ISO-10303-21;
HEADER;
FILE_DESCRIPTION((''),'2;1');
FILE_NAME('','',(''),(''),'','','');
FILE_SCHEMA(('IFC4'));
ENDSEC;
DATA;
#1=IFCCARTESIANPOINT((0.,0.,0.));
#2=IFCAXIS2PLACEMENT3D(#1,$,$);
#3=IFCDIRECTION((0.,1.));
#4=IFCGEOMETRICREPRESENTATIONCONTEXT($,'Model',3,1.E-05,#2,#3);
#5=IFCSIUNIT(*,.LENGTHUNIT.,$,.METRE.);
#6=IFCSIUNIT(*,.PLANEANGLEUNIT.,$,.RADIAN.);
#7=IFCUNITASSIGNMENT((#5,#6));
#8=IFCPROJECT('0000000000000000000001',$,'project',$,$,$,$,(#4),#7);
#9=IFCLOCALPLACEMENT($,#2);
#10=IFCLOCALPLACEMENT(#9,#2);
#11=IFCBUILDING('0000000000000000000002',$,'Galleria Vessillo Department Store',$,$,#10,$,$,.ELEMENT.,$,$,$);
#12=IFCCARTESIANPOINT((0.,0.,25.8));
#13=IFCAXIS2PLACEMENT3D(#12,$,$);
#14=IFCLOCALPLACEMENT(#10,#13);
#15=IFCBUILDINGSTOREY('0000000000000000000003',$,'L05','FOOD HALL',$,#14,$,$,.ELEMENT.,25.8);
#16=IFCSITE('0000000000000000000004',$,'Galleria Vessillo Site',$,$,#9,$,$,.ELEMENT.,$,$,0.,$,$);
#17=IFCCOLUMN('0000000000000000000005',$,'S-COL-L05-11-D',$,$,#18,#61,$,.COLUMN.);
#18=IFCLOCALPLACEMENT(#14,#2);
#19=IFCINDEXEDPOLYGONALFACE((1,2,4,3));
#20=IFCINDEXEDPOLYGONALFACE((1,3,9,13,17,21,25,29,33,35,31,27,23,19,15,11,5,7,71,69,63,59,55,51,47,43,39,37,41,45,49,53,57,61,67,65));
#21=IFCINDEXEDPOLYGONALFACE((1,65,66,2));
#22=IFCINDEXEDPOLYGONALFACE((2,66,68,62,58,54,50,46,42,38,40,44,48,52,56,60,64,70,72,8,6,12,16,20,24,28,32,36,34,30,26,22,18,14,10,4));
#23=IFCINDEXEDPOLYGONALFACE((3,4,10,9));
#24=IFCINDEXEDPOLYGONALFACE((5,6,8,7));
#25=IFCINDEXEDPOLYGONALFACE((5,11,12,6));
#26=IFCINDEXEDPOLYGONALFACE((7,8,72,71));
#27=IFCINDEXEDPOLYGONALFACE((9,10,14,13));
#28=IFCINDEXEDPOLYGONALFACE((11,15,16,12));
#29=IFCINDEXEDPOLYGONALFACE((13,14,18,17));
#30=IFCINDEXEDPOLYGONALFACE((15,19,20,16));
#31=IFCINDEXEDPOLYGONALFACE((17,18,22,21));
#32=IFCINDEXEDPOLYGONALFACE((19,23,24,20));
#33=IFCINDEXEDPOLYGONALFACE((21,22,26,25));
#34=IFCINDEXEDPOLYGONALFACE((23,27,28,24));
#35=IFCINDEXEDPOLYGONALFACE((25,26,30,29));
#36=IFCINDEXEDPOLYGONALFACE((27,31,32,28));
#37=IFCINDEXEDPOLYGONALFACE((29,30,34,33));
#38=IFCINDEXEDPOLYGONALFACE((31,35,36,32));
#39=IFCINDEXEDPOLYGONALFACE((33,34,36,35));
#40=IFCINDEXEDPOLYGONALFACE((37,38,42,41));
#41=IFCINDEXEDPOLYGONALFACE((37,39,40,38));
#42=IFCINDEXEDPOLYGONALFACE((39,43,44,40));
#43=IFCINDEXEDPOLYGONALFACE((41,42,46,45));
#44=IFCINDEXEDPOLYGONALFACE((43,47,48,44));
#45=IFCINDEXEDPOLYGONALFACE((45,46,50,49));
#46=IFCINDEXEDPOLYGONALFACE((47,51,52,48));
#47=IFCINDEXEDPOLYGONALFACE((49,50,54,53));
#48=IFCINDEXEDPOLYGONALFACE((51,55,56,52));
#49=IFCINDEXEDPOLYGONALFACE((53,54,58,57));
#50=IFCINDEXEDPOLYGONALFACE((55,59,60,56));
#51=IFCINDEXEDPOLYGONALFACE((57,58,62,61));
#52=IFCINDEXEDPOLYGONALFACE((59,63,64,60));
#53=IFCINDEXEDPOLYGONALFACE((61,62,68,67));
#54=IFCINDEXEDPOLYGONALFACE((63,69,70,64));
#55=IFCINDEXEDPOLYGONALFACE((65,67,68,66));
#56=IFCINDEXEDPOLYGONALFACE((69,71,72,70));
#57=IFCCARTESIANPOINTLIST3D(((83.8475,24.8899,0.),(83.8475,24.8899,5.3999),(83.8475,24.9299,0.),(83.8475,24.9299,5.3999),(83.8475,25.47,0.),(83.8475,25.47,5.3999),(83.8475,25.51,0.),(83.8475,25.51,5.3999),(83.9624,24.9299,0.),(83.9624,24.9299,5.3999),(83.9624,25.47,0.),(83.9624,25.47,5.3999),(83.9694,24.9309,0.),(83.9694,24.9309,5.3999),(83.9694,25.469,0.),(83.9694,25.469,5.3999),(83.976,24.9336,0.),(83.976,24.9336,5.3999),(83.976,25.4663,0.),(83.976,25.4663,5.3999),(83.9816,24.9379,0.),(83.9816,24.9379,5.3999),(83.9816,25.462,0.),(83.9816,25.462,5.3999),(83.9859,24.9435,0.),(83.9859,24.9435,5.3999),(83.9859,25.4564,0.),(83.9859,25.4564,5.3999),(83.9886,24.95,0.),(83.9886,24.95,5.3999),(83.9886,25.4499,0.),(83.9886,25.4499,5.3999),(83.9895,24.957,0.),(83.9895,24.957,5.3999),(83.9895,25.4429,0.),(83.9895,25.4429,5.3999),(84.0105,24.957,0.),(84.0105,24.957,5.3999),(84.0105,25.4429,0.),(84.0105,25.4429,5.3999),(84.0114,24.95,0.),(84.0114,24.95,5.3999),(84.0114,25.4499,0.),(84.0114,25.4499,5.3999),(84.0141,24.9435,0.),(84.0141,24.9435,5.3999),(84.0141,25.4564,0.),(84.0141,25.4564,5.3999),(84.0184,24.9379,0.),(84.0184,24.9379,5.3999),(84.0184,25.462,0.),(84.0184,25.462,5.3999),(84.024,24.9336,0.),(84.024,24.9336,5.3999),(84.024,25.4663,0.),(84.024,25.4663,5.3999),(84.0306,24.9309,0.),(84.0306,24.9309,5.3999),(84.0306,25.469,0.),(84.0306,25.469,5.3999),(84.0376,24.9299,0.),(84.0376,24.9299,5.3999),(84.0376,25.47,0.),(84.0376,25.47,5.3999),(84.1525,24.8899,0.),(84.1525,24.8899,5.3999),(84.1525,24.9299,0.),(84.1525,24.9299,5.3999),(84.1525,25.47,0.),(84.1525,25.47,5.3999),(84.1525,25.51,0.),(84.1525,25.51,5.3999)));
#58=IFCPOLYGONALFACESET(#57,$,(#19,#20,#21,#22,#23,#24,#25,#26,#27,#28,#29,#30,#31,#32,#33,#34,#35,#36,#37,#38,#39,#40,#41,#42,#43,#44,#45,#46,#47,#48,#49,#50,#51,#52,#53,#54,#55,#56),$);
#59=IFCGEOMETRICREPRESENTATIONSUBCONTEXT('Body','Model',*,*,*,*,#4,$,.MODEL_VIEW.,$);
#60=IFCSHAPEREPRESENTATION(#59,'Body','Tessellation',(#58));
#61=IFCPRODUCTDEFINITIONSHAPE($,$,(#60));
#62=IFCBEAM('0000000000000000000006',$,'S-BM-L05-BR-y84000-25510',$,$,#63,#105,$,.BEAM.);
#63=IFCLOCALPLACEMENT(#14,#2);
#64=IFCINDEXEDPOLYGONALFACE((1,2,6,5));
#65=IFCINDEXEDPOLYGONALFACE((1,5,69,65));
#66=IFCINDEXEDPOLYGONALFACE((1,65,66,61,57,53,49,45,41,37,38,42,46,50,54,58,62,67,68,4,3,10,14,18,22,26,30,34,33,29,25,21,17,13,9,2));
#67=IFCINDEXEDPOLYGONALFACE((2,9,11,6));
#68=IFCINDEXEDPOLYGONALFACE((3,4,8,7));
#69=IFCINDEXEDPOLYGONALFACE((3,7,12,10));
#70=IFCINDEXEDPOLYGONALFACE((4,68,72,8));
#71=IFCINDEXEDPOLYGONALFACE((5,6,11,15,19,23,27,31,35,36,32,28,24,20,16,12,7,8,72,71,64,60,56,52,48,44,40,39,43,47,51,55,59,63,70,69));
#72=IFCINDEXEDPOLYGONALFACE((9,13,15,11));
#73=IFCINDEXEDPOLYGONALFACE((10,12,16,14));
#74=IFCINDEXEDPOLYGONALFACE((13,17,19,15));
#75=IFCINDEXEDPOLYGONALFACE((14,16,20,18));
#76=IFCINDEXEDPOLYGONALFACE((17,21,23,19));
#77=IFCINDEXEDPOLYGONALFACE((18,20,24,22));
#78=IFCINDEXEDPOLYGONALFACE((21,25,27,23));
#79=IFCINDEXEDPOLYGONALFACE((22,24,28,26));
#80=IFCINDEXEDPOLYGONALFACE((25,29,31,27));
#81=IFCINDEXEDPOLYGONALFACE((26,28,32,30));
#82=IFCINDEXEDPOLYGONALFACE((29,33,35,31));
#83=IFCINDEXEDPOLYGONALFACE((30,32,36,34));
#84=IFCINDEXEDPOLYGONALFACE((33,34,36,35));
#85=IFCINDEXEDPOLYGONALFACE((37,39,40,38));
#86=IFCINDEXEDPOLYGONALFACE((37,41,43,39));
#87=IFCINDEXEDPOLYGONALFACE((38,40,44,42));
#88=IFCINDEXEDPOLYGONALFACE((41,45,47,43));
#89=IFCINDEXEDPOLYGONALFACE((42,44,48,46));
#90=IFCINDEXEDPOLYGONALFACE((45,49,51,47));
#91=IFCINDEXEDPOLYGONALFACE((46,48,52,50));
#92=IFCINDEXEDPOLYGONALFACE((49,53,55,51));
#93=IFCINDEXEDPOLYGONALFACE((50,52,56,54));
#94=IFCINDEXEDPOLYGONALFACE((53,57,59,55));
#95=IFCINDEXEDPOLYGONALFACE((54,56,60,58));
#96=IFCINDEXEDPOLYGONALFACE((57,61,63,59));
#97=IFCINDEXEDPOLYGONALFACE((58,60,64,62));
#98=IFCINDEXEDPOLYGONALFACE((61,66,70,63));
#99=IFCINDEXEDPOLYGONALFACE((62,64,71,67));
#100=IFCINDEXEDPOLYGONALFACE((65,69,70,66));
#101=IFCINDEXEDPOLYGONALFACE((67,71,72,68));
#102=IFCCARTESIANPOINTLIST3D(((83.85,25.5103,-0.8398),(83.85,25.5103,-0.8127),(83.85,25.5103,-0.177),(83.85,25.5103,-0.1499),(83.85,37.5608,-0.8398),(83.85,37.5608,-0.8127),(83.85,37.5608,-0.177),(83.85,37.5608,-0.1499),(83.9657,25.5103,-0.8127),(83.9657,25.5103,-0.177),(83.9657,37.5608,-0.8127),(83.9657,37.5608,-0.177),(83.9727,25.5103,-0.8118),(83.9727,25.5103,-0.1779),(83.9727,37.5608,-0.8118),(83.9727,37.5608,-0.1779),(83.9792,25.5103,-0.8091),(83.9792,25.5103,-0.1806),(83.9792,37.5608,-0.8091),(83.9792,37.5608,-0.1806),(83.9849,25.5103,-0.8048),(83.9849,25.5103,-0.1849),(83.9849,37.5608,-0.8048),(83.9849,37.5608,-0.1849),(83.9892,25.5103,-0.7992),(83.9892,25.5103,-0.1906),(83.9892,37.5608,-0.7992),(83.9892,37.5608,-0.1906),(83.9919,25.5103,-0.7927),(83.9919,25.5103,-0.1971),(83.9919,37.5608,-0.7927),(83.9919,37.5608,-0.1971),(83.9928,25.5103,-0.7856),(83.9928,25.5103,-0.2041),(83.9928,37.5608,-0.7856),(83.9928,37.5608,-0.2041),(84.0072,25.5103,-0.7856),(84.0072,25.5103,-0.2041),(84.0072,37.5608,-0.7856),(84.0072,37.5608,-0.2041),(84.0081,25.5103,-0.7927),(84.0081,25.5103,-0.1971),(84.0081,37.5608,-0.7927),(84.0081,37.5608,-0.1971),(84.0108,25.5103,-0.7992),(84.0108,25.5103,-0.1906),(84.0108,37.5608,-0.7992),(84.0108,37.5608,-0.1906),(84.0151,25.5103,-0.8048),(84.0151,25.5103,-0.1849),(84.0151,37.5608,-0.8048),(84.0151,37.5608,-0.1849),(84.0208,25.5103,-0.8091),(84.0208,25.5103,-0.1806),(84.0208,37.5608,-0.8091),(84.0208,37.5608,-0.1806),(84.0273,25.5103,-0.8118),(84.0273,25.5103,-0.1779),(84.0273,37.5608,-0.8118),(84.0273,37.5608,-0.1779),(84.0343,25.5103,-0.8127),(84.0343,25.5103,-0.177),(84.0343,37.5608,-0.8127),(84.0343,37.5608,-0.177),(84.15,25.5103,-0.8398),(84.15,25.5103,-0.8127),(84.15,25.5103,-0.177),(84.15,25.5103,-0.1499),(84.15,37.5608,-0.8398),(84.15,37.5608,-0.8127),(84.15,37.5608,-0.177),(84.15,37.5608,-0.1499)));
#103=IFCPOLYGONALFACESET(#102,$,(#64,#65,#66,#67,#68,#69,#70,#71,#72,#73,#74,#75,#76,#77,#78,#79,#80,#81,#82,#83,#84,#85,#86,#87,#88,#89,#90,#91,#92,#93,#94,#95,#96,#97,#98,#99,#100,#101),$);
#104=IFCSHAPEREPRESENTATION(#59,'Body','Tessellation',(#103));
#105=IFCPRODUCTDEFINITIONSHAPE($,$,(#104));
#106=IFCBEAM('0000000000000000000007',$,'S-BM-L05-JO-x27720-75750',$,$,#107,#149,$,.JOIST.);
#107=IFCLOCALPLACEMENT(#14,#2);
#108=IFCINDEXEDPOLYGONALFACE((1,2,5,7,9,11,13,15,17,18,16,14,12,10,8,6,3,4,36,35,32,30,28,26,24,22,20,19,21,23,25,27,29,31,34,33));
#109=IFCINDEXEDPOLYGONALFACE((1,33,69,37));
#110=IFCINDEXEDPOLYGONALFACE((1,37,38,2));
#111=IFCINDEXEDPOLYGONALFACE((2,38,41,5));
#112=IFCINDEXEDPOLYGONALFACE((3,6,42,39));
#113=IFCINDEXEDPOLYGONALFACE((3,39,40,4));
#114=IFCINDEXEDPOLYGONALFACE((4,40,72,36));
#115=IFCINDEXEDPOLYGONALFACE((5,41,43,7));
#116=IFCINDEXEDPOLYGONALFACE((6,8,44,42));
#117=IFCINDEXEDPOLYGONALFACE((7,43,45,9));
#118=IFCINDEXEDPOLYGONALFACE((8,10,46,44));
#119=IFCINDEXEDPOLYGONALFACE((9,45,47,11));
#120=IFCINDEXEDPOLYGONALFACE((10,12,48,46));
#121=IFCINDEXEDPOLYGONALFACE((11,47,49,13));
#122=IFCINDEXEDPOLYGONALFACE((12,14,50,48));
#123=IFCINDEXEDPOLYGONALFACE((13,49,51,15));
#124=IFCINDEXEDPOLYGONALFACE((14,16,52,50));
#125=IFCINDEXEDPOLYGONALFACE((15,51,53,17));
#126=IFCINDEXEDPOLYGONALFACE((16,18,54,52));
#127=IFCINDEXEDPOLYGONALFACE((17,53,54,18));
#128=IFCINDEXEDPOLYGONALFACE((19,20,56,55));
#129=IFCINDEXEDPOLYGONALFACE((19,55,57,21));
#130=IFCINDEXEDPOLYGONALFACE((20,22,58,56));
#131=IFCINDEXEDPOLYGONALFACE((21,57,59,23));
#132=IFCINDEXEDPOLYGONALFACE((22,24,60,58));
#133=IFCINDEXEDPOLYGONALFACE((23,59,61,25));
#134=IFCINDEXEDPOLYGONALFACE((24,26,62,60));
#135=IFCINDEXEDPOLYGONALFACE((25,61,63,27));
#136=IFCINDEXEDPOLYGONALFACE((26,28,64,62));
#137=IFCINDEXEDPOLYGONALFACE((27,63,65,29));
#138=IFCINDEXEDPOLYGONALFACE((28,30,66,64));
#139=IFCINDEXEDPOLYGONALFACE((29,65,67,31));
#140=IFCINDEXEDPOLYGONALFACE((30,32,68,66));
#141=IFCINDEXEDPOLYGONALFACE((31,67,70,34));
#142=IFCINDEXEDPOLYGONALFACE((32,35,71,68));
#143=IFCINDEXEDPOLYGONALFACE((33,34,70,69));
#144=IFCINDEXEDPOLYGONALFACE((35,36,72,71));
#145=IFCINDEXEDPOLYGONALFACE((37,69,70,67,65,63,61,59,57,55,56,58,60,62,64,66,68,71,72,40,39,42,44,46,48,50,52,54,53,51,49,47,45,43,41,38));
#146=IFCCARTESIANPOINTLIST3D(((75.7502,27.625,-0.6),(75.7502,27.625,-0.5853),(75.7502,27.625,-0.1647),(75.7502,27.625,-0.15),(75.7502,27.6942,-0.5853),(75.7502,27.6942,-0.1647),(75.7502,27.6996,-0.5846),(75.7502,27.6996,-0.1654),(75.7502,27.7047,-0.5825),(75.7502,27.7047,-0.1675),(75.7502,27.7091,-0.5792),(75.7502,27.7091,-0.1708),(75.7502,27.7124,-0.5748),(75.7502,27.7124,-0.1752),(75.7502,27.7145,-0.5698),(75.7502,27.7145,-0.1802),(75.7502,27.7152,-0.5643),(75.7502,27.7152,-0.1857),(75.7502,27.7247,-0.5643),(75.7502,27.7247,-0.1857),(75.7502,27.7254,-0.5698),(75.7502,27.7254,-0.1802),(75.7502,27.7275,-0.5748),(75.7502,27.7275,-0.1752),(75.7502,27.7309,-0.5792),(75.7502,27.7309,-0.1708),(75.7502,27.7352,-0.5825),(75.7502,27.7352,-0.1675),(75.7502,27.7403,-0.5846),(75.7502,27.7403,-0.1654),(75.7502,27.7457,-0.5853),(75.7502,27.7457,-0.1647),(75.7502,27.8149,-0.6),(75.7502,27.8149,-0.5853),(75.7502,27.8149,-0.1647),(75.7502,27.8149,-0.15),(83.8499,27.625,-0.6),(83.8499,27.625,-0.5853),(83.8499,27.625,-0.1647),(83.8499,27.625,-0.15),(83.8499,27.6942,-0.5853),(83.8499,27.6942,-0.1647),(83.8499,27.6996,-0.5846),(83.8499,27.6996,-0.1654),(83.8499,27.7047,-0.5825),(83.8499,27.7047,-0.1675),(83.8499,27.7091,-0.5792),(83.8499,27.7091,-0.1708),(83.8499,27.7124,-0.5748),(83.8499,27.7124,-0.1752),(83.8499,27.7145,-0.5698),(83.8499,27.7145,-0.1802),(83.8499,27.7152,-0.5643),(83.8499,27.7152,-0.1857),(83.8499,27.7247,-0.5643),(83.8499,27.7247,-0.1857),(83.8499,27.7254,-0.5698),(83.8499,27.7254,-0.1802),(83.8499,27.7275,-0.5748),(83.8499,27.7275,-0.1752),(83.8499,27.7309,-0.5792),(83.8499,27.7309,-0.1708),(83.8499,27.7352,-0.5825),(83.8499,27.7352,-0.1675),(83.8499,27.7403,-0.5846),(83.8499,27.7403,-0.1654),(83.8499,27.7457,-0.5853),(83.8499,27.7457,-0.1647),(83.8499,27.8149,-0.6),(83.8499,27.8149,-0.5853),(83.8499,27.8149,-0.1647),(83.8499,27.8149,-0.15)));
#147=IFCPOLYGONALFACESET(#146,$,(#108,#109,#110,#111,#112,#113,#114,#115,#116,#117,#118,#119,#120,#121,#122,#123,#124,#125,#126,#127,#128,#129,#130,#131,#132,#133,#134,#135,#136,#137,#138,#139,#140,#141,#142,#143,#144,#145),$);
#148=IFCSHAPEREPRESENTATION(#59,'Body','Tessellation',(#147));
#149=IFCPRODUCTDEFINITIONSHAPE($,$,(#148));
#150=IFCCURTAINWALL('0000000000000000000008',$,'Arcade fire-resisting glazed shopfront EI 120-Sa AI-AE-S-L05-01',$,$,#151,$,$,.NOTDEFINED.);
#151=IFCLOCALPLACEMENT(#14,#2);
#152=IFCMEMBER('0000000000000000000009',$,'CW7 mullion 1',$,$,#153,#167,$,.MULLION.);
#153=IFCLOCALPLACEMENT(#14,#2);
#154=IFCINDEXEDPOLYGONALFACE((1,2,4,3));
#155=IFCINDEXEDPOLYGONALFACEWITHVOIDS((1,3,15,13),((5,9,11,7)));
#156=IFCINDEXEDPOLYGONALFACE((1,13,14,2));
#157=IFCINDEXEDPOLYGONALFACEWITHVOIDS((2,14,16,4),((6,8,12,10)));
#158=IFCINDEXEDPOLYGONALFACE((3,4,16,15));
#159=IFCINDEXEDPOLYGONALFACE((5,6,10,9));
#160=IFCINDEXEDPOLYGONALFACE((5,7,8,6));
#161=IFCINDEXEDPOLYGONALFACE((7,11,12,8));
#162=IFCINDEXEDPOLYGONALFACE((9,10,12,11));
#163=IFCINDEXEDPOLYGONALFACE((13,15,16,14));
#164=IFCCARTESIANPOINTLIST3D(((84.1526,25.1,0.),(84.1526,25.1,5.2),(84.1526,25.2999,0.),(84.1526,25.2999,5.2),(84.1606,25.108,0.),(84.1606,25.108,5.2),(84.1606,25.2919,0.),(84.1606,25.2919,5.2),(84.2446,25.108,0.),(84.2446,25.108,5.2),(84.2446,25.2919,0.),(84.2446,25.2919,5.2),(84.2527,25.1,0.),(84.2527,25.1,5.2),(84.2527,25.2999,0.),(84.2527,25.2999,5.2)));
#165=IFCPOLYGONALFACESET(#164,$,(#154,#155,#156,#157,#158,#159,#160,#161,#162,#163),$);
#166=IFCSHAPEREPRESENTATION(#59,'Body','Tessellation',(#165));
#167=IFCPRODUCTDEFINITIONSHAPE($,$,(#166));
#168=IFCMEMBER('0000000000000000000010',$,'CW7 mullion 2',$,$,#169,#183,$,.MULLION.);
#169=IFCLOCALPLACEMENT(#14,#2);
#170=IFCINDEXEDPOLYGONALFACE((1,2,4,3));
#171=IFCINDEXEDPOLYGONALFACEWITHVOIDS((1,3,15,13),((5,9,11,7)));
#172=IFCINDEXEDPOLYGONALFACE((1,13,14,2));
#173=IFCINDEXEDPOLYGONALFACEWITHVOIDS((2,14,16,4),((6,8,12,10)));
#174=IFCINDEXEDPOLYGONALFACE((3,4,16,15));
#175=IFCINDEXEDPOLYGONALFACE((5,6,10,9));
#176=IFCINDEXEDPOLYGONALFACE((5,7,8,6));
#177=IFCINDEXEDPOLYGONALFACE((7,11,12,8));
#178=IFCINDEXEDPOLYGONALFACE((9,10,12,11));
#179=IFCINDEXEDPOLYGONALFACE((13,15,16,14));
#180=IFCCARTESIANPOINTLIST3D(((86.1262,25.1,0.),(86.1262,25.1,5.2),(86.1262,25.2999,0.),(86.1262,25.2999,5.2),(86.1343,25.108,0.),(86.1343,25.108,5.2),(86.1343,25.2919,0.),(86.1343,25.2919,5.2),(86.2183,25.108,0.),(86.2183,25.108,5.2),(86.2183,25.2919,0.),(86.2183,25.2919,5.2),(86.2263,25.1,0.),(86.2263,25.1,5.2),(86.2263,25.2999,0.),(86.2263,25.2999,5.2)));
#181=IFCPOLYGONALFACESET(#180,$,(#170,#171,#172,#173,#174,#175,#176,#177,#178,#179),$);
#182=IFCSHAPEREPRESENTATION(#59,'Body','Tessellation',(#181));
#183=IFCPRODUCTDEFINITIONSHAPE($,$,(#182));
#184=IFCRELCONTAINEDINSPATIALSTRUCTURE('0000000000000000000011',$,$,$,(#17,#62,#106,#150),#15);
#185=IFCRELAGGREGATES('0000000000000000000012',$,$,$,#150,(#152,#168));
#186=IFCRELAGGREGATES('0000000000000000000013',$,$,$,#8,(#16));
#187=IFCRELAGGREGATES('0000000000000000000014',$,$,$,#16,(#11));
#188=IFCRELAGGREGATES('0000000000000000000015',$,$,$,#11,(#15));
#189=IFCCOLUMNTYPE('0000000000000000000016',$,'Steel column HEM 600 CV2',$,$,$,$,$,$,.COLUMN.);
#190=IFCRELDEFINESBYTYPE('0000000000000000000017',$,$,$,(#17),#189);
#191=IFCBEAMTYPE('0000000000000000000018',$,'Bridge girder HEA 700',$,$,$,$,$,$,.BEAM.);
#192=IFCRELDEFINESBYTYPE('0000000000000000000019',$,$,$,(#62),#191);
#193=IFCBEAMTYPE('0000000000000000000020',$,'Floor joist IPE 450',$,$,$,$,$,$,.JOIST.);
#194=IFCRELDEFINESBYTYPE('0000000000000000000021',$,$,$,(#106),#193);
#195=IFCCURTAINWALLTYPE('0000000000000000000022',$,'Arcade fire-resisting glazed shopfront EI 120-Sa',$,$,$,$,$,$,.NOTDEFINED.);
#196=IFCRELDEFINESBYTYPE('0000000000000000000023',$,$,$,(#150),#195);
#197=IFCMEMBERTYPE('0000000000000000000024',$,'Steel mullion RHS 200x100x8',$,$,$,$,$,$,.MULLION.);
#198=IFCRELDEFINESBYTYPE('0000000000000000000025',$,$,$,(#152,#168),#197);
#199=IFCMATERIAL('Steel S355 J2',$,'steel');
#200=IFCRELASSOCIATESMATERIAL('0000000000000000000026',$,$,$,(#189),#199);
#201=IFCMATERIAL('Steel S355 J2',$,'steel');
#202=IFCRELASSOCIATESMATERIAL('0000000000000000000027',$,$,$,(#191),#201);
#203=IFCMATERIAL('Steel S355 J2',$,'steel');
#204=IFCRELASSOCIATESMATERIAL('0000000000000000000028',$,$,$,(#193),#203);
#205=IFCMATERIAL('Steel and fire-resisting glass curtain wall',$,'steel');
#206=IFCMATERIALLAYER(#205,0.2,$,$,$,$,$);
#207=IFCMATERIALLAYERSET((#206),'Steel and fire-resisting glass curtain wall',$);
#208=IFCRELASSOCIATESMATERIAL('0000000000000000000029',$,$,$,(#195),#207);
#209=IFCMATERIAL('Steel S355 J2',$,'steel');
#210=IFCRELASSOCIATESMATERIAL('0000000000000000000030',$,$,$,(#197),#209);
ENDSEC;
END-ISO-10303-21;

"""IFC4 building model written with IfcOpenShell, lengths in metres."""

from ifc_helpers import new_model, si_unit, direction, frame, origin, origin_2d, place, context, subcontext, project, spatial, hollow_rectangle, i_section, extrude, material, layer, layer_set, material_profile, profile_set, type_object, element, aggregate, save


model = new_model("IFC4")

# Units and contexts
model_context = context("Model", 3, precision=1e-05, world=origin(), true_north=direction((0.0, 1.0)))
body_context = subcontext(model_context, "Body", "Model", "MODEL_VIEW")
ifc_project = project(units=[si_unit("LENGTHUNIT", "METRE"), si_unit("PLANEANGLEUNIT", "RADIAN")], contexts=[model_context])

# Site, building, storey
site_placement = place(None, origin())
site = spatial("IfcSite", under=ifc_project, at=site_placement, Name="Galleria Vessillo Site", CompositionType="ELEMENT", RefElevation=0.0)
building_placement = place(site_placement, origin())
building = spatial("IfcBuilding", under=site, at=building_placement, Name="Galleria Vessillo Department Store", CompositionType="ELEMENT")
storey_placement = place(building_placement, frame((0.0, 0.0, 25.8)))
storey = spatial("IfcBuildingStorey", under=building, at=storey_placement, Name="L05", Description="FOOD HALL", CompositionType="ELEMENT", Elevation=25.8)

# Column
ifc_material_1 = material(Name="Steel S355 J2", Category="steel")
ifc_material_profile_1 = material_profile(ifc_material_1, i_section(OverallWidth=0.3049, OverallDepth=0.6201, WebThickness=0.021, FlangeThickness=0.04, FilletRadius=0.0271, at=origin_2d()), Name="HEM 600")
ifc_profile_set_1 = profile_set([ifc_material_profile_1], Name="Steel S355 J2")
column_type = type_object("IfcColumnType", Name="Steel column HEM 600 CV2", PredefinedType="COLUMN", material=ifc_profile_set_1)
column_placement = place(storey_placement, frame((84.0, 25.2, 0.0), z_axis=(0.0, 0.0, 1.0), x_axis=(1.0, 0.0, 0.0)))
element("IfcColumn", 1, at=column_placement, inside=storey, type_object=column_type, Name="S-COL-L05-11-D", PredefinedType="COLUMN", context=body_context, shape_type="SweptSolid", body=[
    extrude(i_section(OverallWidth=0.3049, OverallDepth=0.6201, WebThickness=0.021, FlangeThickness=0.04, FilletRadius=0.0271, at=origin_2d()), origin(), (0.0, 0.0, 1.0), 5.3999),
])

# Beams
ifc_material_2 = material(Name="Steel S355 J2", Category="steel")
ifc_material_profile_2 = material_profile(ifc_material_2, i_section(OverallWidth=0.3, OverallDepth=0.6899, WebThickness=0.0144, FlangeThickness=0.0271, FilletRadius=0.0271, at=origin_2d()), Name="HEA 700")
ifc_profile_set_2 = profile_set([ifc_material_profile_2], Name="Steel S355 J2")
beam_type_1 = type_object("IfcBeamType", Name="Bridge girder HEA 700", PredefinedType="BEAM", material=ifc_profile_set_2)
beam_1_placement = place(storey_placement, frame((84.0, 25.5103, -0.4949), z_axis=(0.0, 1.0, 0.0), x_axis=(-1.0, 0.0, 0.0)))
element("IfcBeam", 2, at=beam_1_placement, inside=storey, type_object=beam_type_1, Name="S-BM-L05-BR-y84000-25510", PredefinedType="BEAM", context=body_context, shape_type="SweptSolid", body=[
    extrude(i_section(OverallWidth=0.3, OverallDepth=0.6899, WebThickness=0.0144, FlangeThickness=0.0271, FilletRadius=0.0271, at=origin_2d()), origin(), (0.0, 0.0, 1.0), 12.0505),
])
ifc_material_3 = material(Name="Steel S355 J2", Category="steel")
ifc_material_profile_3 = material_profile(ifc_material_3, i_section(OverallWidth=0.1899, OverallDepth=0.45, WebThickness=0.0095, FlangeThickness=0.0146, FilletRadius=0.021, at=origin_2d()), Name="IPE 450")
ifc_profile_set_3 = profile_set([ifc_material_profile_3], Name="Steel S355 J2")
beam_type_2 = type_object("IfcBeamType", Name="Floor joist IPE 450", PredefinedType="JOIST", material=ifc_profile_set_3)
beam_2_placement = place(storey_placement, frame((75.7502, 27.72, -0.375), z_axis=(1.0, 0.0, 0.0), x_axis=(0.0, 1.0, 0.0)))
element("IfcBeam", 3, at=beam_2_placement, inside=storey, type_object=beam_type_2, Name="S-BM-L05-JO-x27720-75750", PredefinedType="JOIST", context=body_context, shape_type="SweptSolid", body=[
    extrude(i_section(OverallWidth=0.1899, OverallDepth=0.45, WebThickness=0.0095, FlangeThickness=0.0146, FilletRadius=0.021, at=origin_2d()), origin(), (0.0, 0.0, 1.0), 8.0996),
])

# Curtain wall, members
ifc_material_4 = material(Name="Steel and fire-resisting glass curtain wall", Category="steel")
ifc_layer_1 = layer(ifc_material_4, 0.2)
ifc_layer_set_1 = layer_set([ifc_layer_1], Name="Steel and fire-resisting glass curtain wall")
curtain_wall_type = type_object("IfcCurtainWallType", Name="Arcade fire-resisting glazed shopfront EI 120-Sa", PredefinedType="NOTDEFINED", material=ifc_layer_set_1)
curtain_wall_placement = place(storey_placement, origin())
curtain_wall = element("IfcCurtainWall", 4, at=curtain_wall_placement, inside=storey, type_object=curtain_wall_type, Name="Arcade fire-resisting glazed shopfront EI 120-Sa AI-AE-S-L05-01", PredefinedType="NOTDEFINED")
ifc_material_5 = material(Name="Steel S355 J2", Category="steel")
ifc_material_profile_4 = material_profile(ifc_material_5, hollow_rectangle(XDim=0.2, YDim=0.1001, WallThickness=0.0081, at=origin_2d()), Name="RHS 200x100x8")
ifc_profile_set_4 = profile_set([ifc_material_profile_4], Name="Steel S355 J2")
member_type_1 = type_object("IfcMemberType", Name="Steel mullion RHS 200x100x8", PredefinedType="MULLION", material=ifc_profile_set_4)
member_1_placement = place(storey_placement, frame((84.2026, 25.2, 0.0), z_axis=(0.0, 0.0, 1.0), x_axis=(0.0, 1.0, 0.0)))
member_1 = element("IfcMember", 5, at=member_1_placement, type_object=member_type_1, Name="CW7 mullion 1", PredefinedType="MULLION", context=body_context, shape_type="SweptSolid", body=[
    extrude(hollow_rectangle(XDim=0.2, YDim=0.1001, WallThickness=0.0081, at=origin_2d()), origin(), (0.0, 0.0, 1.0), 5.2),
])
member_2_placement = place(storey_placement, frame((86.1763, 25.2, 0.0), z_axis=(0.0, 0.0, 1.0), x_axis=(0.0, 1.0, 0.0)))
member_2 = element("IfcMember", 6, at=member_2_placement, type_object=member_type_1, Name="CW7 mullion 2", PredefinedType="MULLION", context=body_context, shape_type="SweptSolid", body=[
    extrude(hollow_rectangle(XDim=0.2, YDim=0.1001, WallThickness=0.0081, at=origin_2d()), origin(), (0.0, 0.0, 1.0), 5.2),
])

aggregate(curtain_wall, [member_1, member_2])

save(model, "model.ifc")
